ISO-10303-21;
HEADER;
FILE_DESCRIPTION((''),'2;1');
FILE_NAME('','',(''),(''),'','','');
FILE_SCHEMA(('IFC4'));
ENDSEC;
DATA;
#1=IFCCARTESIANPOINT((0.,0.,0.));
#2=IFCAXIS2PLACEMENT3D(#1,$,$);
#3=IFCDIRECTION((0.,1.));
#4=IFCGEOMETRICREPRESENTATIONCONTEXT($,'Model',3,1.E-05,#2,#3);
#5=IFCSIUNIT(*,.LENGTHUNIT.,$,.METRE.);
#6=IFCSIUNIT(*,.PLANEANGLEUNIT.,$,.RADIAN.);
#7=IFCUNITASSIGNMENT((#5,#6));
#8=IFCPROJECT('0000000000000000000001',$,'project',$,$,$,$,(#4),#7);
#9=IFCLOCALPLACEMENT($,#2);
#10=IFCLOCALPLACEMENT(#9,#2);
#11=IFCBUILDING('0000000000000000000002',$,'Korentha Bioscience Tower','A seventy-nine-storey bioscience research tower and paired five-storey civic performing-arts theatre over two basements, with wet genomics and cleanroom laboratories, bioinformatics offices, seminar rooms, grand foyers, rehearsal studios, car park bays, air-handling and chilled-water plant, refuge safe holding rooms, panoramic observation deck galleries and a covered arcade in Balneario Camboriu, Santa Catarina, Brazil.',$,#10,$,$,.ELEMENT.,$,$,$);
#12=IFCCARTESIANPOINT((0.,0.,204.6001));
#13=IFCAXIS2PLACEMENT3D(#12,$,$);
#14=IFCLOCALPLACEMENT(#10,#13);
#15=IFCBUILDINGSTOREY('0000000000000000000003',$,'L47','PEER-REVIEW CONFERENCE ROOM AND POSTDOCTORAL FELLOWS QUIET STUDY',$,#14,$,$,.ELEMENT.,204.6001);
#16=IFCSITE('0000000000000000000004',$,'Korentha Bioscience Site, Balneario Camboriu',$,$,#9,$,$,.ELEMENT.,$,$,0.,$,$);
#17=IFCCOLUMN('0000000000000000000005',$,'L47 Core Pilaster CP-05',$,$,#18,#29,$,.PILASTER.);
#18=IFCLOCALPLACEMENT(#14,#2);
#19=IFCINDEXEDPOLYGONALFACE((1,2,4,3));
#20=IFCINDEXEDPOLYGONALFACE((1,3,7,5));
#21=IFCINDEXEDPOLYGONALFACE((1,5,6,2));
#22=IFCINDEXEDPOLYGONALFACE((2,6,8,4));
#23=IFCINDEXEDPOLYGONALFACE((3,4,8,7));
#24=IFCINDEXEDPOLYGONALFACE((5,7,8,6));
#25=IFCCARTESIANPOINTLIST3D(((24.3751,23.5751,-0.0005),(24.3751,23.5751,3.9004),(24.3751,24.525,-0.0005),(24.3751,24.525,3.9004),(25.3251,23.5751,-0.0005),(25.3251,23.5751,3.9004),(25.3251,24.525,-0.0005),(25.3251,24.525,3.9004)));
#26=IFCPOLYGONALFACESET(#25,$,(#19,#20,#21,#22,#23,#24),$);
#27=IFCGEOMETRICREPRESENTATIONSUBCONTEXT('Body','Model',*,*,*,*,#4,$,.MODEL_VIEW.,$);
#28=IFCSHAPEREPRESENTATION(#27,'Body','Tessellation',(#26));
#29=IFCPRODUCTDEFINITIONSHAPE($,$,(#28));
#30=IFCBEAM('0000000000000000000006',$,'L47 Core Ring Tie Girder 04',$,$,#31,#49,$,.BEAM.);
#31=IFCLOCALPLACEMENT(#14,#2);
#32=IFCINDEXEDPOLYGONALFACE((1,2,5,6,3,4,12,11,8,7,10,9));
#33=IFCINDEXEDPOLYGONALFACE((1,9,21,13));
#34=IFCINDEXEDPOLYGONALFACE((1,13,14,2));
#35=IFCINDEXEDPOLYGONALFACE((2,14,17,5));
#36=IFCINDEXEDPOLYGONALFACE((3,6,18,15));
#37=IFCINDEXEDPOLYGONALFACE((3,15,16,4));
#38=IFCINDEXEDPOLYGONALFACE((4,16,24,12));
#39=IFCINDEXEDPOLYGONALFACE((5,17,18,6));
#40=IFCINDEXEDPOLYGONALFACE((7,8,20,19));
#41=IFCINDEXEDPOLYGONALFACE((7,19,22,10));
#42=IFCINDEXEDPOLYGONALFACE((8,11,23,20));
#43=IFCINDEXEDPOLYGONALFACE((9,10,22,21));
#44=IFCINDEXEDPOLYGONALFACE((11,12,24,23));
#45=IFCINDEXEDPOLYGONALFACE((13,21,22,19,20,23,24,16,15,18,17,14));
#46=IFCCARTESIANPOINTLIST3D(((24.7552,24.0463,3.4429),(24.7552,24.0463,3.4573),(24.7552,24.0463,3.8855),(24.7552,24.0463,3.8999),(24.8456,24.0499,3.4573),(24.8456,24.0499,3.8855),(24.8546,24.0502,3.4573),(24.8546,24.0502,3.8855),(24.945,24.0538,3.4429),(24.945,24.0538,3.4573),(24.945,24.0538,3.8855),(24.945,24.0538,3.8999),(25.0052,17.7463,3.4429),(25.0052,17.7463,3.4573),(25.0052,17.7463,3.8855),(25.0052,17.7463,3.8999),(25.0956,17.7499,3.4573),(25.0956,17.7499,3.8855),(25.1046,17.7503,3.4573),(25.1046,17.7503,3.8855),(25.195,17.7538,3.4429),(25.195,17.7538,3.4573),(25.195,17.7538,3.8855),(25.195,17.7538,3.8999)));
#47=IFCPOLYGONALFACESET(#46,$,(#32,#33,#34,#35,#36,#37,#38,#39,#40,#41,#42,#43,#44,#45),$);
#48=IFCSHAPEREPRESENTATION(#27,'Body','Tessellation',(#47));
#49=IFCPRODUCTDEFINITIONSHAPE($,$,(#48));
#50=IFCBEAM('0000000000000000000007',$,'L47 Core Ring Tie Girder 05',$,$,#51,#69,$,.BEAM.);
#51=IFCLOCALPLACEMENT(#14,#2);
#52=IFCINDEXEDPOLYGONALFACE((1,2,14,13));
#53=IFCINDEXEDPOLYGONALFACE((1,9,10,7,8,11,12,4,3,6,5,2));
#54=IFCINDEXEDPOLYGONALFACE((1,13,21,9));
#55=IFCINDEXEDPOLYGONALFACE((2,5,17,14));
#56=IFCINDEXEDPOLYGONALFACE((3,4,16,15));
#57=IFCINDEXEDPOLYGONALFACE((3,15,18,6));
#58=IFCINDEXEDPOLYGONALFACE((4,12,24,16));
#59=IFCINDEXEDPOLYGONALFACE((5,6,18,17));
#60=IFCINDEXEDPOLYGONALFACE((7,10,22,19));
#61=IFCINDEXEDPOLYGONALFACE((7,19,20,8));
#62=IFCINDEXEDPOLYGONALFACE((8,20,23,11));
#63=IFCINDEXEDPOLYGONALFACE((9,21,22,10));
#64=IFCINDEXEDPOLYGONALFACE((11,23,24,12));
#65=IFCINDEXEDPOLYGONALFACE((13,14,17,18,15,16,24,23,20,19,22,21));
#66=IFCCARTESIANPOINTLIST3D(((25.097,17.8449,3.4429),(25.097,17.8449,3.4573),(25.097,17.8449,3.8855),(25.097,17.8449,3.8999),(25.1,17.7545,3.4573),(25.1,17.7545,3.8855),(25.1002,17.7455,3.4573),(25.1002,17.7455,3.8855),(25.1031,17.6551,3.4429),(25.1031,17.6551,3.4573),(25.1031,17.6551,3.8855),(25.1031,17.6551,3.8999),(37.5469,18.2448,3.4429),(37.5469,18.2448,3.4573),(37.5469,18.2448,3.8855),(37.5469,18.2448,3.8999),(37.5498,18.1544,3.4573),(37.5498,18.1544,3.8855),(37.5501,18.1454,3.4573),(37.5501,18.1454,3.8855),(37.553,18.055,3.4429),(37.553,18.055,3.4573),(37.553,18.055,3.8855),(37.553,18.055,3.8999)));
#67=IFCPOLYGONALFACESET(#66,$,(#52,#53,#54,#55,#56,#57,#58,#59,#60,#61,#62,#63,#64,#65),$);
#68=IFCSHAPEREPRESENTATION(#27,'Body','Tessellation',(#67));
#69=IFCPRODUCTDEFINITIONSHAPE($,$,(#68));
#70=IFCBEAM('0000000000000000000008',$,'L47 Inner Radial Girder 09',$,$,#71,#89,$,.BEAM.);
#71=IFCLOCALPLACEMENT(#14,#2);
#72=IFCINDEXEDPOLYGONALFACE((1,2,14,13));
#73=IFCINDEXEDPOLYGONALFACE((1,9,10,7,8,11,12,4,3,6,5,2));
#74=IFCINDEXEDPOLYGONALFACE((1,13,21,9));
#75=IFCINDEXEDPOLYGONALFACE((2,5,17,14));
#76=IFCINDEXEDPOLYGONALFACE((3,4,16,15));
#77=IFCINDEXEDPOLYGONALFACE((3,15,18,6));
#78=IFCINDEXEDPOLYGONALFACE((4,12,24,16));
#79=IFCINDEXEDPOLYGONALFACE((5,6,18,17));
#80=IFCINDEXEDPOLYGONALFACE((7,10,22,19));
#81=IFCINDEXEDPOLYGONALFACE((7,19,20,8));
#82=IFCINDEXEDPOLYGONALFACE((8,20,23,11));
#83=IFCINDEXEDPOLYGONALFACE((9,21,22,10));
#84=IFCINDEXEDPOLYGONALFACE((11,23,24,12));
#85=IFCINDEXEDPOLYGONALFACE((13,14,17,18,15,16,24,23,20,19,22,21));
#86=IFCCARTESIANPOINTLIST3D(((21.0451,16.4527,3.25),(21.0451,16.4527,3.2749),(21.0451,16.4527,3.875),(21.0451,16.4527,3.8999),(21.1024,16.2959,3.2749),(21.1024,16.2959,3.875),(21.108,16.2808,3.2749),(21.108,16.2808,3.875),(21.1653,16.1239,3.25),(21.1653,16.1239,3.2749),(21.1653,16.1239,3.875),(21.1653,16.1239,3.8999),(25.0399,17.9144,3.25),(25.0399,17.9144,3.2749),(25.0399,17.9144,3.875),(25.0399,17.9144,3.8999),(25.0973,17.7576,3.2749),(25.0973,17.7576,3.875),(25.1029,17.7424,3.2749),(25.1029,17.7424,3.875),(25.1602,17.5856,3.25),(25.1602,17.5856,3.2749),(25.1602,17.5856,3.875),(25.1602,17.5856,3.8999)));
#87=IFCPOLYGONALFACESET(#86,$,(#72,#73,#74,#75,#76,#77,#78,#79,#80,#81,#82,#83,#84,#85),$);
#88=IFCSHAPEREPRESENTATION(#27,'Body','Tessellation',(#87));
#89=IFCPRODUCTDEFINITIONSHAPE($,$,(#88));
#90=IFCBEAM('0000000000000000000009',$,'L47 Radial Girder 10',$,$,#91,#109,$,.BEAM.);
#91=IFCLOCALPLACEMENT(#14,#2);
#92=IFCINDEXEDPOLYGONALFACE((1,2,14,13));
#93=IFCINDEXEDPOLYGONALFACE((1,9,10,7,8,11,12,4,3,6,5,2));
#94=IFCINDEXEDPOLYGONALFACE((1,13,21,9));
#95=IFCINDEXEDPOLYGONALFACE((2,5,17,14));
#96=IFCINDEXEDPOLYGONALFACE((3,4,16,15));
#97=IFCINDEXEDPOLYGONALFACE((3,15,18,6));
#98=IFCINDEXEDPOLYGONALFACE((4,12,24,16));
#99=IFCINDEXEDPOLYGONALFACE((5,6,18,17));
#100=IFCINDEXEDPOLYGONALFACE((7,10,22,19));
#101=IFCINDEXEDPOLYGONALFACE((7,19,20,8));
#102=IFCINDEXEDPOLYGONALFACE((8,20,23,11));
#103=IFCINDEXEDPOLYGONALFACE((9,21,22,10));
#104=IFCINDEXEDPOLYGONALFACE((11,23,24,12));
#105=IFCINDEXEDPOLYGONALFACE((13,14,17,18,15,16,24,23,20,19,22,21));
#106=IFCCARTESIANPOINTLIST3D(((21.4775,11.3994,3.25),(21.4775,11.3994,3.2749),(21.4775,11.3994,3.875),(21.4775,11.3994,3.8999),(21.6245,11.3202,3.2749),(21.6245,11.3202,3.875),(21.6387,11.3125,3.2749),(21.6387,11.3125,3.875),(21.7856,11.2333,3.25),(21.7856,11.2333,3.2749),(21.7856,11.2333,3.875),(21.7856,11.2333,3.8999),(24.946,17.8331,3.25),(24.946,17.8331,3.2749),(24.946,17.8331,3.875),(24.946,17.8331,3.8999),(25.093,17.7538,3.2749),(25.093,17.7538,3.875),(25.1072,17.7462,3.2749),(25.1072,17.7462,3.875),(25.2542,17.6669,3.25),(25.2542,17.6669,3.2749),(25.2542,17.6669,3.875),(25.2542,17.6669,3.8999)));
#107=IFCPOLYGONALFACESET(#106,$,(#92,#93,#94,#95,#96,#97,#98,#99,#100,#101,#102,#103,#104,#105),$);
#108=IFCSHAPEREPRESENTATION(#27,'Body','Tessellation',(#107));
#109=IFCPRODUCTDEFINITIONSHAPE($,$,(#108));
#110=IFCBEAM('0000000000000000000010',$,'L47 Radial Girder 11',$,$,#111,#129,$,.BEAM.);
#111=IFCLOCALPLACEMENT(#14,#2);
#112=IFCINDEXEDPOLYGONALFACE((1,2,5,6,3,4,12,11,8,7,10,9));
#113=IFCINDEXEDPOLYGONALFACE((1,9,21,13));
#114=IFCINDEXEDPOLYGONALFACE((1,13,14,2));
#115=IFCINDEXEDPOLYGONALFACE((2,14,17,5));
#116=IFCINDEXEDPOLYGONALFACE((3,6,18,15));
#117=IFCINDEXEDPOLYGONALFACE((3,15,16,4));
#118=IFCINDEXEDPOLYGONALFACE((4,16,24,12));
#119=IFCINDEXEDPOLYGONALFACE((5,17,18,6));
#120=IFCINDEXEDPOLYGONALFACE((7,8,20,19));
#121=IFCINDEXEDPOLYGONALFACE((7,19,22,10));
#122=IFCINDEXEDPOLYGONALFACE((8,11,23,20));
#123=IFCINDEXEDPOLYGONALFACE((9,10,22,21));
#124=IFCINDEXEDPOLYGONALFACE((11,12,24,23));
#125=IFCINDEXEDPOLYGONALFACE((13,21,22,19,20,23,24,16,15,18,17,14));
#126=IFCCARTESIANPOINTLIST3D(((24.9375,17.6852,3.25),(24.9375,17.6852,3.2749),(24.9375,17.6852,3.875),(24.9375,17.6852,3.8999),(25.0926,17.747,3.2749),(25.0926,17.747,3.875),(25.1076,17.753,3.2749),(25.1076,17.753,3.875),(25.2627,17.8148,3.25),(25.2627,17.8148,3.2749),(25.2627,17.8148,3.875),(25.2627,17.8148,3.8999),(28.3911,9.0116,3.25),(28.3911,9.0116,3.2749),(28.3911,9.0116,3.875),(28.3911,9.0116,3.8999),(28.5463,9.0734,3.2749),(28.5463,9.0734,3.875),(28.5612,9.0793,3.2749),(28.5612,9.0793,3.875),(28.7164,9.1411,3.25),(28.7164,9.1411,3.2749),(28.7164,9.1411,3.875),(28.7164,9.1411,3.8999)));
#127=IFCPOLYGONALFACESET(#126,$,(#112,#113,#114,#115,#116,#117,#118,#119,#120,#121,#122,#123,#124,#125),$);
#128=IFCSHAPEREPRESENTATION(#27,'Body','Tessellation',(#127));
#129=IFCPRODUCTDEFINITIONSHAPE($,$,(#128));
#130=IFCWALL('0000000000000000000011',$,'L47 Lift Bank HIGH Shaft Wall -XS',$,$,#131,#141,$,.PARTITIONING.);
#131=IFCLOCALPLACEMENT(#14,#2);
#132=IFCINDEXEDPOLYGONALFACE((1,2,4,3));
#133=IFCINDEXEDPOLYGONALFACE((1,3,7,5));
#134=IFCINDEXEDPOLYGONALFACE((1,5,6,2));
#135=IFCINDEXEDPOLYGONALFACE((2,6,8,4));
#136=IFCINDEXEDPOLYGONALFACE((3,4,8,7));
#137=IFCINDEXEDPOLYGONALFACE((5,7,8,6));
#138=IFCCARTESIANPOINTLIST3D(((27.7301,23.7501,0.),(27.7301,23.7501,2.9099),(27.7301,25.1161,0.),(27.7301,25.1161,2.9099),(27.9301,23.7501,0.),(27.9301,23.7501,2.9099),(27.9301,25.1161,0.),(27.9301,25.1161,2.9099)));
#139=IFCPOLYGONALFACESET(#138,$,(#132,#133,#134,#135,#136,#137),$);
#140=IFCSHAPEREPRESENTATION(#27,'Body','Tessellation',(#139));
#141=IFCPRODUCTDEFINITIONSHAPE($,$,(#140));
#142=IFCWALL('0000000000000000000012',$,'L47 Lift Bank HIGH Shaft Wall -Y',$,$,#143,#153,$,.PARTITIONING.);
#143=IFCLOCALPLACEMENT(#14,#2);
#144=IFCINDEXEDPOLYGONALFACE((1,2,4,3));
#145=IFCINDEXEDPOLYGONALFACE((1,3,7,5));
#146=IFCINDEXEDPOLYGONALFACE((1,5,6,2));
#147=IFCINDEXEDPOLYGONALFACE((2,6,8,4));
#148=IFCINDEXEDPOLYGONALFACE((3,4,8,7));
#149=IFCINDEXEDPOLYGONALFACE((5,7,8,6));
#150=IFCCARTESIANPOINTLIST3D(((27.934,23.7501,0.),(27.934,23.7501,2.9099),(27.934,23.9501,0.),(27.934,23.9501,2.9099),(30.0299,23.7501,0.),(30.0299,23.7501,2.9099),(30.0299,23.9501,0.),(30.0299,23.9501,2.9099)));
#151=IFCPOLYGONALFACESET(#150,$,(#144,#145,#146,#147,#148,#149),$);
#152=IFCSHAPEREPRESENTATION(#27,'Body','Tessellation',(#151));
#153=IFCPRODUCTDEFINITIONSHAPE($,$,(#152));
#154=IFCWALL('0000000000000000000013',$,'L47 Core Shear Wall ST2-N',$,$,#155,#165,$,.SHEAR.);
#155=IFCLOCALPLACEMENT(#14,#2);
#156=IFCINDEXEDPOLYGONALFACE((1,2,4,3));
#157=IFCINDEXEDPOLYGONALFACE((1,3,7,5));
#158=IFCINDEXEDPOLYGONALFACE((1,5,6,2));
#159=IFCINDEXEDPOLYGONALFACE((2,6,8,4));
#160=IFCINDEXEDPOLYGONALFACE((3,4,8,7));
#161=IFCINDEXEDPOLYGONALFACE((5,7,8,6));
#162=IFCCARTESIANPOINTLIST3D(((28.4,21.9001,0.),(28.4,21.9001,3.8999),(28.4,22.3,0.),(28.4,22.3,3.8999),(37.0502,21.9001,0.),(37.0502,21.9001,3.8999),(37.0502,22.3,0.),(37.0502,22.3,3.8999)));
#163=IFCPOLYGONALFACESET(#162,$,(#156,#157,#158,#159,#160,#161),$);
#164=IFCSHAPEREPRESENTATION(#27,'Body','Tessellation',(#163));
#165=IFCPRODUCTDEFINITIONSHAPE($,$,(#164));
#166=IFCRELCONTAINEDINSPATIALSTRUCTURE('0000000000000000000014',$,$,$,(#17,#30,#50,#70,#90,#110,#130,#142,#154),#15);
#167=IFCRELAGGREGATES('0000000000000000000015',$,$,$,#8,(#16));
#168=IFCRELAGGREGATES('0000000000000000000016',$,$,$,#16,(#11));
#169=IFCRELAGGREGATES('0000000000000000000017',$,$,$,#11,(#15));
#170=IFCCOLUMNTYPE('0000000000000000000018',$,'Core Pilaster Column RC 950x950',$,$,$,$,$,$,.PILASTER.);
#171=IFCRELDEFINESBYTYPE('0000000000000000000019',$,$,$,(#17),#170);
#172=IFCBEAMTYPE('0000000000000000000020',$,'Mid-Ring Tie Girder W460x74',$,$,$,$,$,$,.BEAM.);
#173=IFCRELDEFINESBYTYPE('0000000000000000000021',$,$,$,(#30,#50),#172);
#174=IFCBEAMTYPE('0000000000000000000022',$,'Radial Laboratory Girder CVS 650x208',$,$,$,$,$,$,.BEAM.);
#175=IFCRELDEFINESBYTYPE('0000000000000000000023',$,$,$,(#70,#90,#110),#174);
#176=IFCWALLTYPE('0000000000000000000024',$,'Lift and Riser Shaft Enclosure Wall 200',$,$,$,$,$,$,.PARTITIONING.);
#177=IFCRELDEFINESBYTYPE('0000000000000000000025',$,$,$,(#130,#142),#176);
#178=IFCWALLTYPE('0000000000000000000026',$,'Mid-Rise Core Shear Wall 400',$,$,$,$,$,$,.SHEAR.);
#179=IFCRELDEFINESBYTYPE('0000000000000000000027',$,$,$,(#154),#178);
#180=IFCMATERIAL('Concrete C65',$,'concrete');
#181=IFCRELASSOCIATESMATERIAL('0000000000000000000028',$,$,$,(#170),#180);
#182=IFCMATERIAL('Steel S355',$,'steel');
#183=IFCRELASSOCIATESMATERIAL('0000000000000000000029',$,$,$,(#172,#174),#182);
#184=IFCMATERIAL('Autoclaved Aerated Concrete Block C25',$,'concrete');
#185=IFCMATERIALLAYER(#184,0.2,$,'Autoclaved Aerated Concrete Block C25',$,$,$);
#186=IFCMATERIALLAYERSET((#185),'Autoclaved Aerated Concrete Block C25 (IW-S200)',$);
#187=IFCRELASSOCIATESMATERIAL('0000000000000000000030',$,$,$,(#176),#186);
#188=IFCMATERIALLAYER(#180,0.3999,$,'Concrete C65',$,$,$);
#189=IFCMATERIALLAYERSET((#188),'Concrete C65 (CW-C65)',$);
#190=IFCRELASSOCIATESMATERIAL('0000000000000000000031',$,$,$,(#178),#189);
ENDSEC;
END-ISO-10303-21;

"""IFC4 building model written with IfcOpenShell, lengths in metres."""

from ifc_helpers import new_model, si_unit, direction, frame, frame_2d, origin, origin_2d, place, context, subcontext, project, spatial, rectangle, i_section, extrude, material, layer, layer_set, material_profile, profile_set, type_object, element, save


model = new_model("IFC4")

# Units and contexts
model_context = context("Model", 3, precision=1e-05, world=origin(), true_north=direction((0.0, 1.0)))
body_context = subcontext(model_context, "Body", "Model", "MODEL_VIEW")
ifc_project = project(units=[si_unit("LENGTHUNIT", "METRE"), si_unit("PLANEANGLEUNIT", "RADIAN")], contexts=[model_context])

# Site, building, storey
site_placement = place(None, origin())
site = spatial("IfcSite", under=ifc_project, at=site_placement, Name="Korentha Bioscience Site, Balneario Camboriu", CompositionType="ELEMENT", RefElevation=0.0)
building_placement = place(site_placement, origin())
building = spatial("IfcBuilding", under=site, at=building_placement, Name="Korentha Bioscience Tower", Description="A seventy-nine-storey bioscience research tower and paired five-storey civic performing-arts theatre over two basements, with wet genomics and cleanroom laboratories, bioinformatics offices, seminar rooms, grand foyers, rehearsal studios, car park bays, air-handling and chilled-water plant, refuge safe holding rooms, panoramic observation deck galleries and a covered arcade in Balneario Camboriu, Santa Catarina, Brazil.", CompositionType="ELEMENT")
storey_placement = place(building_placement, frame((0.0, 0.0, 204.6001)))
storey = spatial("IfcBuildingStorey", under=building, at=storey_placement, Name="L47", Description="PEER-REVIEW CONFERENCE ROOM AND POSTDOCTORAL FELLOWS QUIET STUDY", CompositionType="ELEMENT", Elevation=204.6001)

# Column
ifc_material_1 = material(Name="Concrete C65", Category="concrete")
ifc_material_profile_1 = material_profile(ifc_material_1, rectangle(XDim=0.95, YDim=0.95, at=origin_2d()), Name="Concrete C65")
ifc_profile_set_1 = profile_set([ifc_material_profile_1], Name="Concrete C65 (COL-CP09)")
column_type = type_object("IfcColumnType", Name="Core Pilaster Column RC 950x950", PredefinedType="PILASTER", material=ifc_profile_set_1)
column_placement = place(storey_placement, frame((24.8501, 24.05, -0.0005), z_axis=(0.0, 0.0, 1.0), x_axis=(1.0, 0.0, 0.0)))
element("IfcColumn", 1, at=column_placement, inside=storey, type_object=column_type, Name="L47 Core Pilaster CP-05", PredefinedType="PILASTER", context=body_context, shape_type="SweptSolid", body=[
    extrude(rectangle(XDim=0.95, YDim=0.95, at=origin_2d()), origin(), (0.0, 0.0, 1.0), 3.9009),
])

# Beams
ifc_material_2 = material(Name="Steel S355", Category="steel")
ifc_material_profile_2 = material_profile(ifc_material_2, i_section(OverallWidth=0.1899, OverallDepth=0.457, WebThickness=0.009, FlangeThickness=0.0144, at=origin_2d()), Name="Steel S355")
ifc_profile_set_2 = profile_set([ifc_material_profile_2], Name="Steel S355 (MB-460)")
beam_type_1 = type_object("IfcBeamType", Name="Mid-Ring Tie Girder W460x74", PredefinedType="BEAM", material=ifc_profile_set_2)
beam_1_placement = place(storey_placement, frame((24.8501, 24.05, 3.6714), z_axis=(0.039651, -0.999214, 0.0), x_axis=(0.999214, 0.039651, 0.0)))
element("IfcBeam", 2, at=beam_1_placement, inside=storey, type_object=beam_type_1, Name="L47 Core Ring Tie Girder 04", PredefinedType="BEAM", context=body_context, shape_type="SweptSolid", body=[
    extrude(i_section(OverallWidth=0.1899, OverallDepth=0.457, WebThickness=0.009, FlangeThickness=0.0144, at=origin_2d()), origin(), (0.0, 0.0, 1.0), 6.3049),
])
beam_2_placement = place(storey_placement, frame((25.1001, 17.75, 3.6714), z_axis=(0.999485, 0.032104, 0.0), x_axis=(-0.032104, 0.999485, 0.0)))
element("IfcBeam", 3, at=beam_2_placement, inside=storey, type_object=beam_type_1, Name="L47 Core Ring Tie Girder 05", PredefinedType="BEAM", context=body_context, shape_type="SweptSolid", body=[
    extrude(i_section(OverallWidth=0.1899, OverallDepth=0.457, WebThickness=0.009, FlangeThickness=0.0144, at=origin_2d()), origin(), (0.0, 0.0, 1.0), 12.4563),
])
ifc_material_profile_3 = material_profile(ifc_material_2, i_section(OverallWidth=0.3501, OverallDepth=0.6499, WebThickness=0.0161, FlangeThickness=0.0249, at=origin_2d()), Name="Steel S355")
ifc_profile_set_3 = profile_set([ifc_material_profile_3], Name="Steel S355 (RB-650)")
beam_type_2 = type_object("IfcBeamType", Name="Radial Laboratory Girder CVS 650x208", PredefinedType="BEAM", material=ifc_profile_set_3)
beam_3_placement = place(storey_placement, frame((25.1001, 17.75, 3.575), z_axis=(-0.939113, -0.343609, 0.0), x_axis=(0.343609, -0.939113, 0.0)))
element("IfcBeam", 4, at=beam_3_placement, inside=storey, type_object=beam_type_2, Name="L47 Inner Radial Girder 09", PredefinedType="BEAM", context=body_context, shape_type="SweptSolid", body=[
    extrude(i_section(OverallWidth=0.3501, OverallDepth=0.6499, WebThickness=0.0161, FlangeThickness=0.0249, at=origin_2d()), origin(), (0.0, 0.0, 1.0), 4.2539),
])
beam_4_placement = place(storey_placement, frame((25.1001, 17.75, 3.575), z_axis=(-0.474552, -0.880228, 0.0), x_axis=(0.880228, -0.474552, 0.0)))
element("IfcBeam", 5, at=beam_4_placement, inside=storey, type_object=beam_type_2, Name="L47 Radial Girder 10", PredefinedType="BEAM", context=body_context, shape_type="SweptSolid", body=[
    extrude(i_section(OverallWidth=0.3501, OverallDepth=0.6499, WebThickness=0.0161, FlangeThickness=0.0249, at=origin_2d()), origin(), (0.0, 0.0, 1.0), 7.3091),
])
beam_5_placement = place(storey_placement, frame((25.1001, 17.75, 3.575), z_axis=(0.369929, -0.92906, 0.0), x_axis=(0.92906, 0.369929, 0.0)))
element("IfcBeam", 6, at=beam_5_placement, inside=storey, type_object=beam_type_2, Name="L47 Radial Girder 11", PredefinedType="BEAM", context=body_context, shape_type="SweptSolid", body=[
    extrude(i_section(OverallWidth=0.3501, OverallDepth=0.6499, WebThickness=0.0161, FlangeThickness=0.0249, at=origin_2d()), origin(), (0.0, 0.0, 1.0), 9.3359),
])

# Walls
ifc_material_3 = material(Name="Autoclaved Aerated Concrete Block C25", Category="concrete")
ifc_layer_1 = layer(ifc_material_3, 0.2, Name="Autoclaved Aerated Concrete Block C25")
ifc_layer_set_1 = layer_set([ifc_layer_1], Name="Autoclaved Aerated Concrete Block C25 (IW-S200)")
wall_type_1 = type_object("IfcWallType", Name="Lift and Riser Shaft Enclosure Wall 200", PredefinedType="PARTITIONING", material=ifc_layer_set_1)
wall_1_placement = place(storey_placement, frame((27.8301, 23.75, 0.0), z_axis=(0.0, 0.0, 1.0), x_axis=(0.0, 1.0, 0.0)))
element("IfcWall", 7, at=wall_1_placement, inside=storey, type_object=wall_type_1, Name="L47 Lift Bank HIGH Shaft Wall -XS", PredefinedType="PARTITIONING", context=body_context, shape_type="SweptSolid", body=[
    extrude(rectangle(XDim=1.366, YDim=0.2, at=frame_2d((0.6831, 0.0))), origin(), (0.0, 0.0, 1.0), 2.9099),
])
wall_2_placement = place(storey_placement, frame((27.9341, 23.8501, 0.0), z_axis=(0.0, 0.0, 1.0), x_axis=(1.0, 0.0, 0.0)))
element("IfcWall", 8, at=wall_2_placement, inside=storey, type_object=wall_type_1, Name="L47 Lift Bank HIGH Shaft Wall -Y", PredefinedType="PARTITIONING", context=body_context, shape_type="SweptSolid", body=[
    extrude(rectangle(XDim=2.0959, YDim=0.2, at=frame_2d((1.0479, 0.0))), origin(), (0.0, 0.0, 1.0), 2.9099),
])
ifc_layer_2 = layer(ifc_material_1, 0.3999, Name="Concrete C65")
ifc_layer_set_2 = layer_set([ifc_layer_2], Name="Concrete C65 (CW-C65)")
wall_type_2 = type_object("IfcWallType", Name="Mid-Rise Core Shear Wall 400", PredefinedType="SHEAR", material=ifc_layer_set_2)
wall_3_placement = place(storey_placement, frame((28.3999, 22.1001, 0.0), z_axis=(0.0, 0.0, 1.0), x_axis=(1.0, 0.0, 0.0)))
element("IfcWall", 9, at=wall_3_placement, inside=storey, type_object=wall_type_2, Name="L47 Core Shear Wall ST2-N", PredefinedType="SHEAR", context=body_context, shape_type="SweptSolid", body=[
    extrude(rectangle(XDim=8.6501, YDim=0.3999, at=frame_2d((4.3252, 0.0))), origin(), (0.0, 0.0, 1.0), 3.8999),
])

save(model, "model.ifc")
